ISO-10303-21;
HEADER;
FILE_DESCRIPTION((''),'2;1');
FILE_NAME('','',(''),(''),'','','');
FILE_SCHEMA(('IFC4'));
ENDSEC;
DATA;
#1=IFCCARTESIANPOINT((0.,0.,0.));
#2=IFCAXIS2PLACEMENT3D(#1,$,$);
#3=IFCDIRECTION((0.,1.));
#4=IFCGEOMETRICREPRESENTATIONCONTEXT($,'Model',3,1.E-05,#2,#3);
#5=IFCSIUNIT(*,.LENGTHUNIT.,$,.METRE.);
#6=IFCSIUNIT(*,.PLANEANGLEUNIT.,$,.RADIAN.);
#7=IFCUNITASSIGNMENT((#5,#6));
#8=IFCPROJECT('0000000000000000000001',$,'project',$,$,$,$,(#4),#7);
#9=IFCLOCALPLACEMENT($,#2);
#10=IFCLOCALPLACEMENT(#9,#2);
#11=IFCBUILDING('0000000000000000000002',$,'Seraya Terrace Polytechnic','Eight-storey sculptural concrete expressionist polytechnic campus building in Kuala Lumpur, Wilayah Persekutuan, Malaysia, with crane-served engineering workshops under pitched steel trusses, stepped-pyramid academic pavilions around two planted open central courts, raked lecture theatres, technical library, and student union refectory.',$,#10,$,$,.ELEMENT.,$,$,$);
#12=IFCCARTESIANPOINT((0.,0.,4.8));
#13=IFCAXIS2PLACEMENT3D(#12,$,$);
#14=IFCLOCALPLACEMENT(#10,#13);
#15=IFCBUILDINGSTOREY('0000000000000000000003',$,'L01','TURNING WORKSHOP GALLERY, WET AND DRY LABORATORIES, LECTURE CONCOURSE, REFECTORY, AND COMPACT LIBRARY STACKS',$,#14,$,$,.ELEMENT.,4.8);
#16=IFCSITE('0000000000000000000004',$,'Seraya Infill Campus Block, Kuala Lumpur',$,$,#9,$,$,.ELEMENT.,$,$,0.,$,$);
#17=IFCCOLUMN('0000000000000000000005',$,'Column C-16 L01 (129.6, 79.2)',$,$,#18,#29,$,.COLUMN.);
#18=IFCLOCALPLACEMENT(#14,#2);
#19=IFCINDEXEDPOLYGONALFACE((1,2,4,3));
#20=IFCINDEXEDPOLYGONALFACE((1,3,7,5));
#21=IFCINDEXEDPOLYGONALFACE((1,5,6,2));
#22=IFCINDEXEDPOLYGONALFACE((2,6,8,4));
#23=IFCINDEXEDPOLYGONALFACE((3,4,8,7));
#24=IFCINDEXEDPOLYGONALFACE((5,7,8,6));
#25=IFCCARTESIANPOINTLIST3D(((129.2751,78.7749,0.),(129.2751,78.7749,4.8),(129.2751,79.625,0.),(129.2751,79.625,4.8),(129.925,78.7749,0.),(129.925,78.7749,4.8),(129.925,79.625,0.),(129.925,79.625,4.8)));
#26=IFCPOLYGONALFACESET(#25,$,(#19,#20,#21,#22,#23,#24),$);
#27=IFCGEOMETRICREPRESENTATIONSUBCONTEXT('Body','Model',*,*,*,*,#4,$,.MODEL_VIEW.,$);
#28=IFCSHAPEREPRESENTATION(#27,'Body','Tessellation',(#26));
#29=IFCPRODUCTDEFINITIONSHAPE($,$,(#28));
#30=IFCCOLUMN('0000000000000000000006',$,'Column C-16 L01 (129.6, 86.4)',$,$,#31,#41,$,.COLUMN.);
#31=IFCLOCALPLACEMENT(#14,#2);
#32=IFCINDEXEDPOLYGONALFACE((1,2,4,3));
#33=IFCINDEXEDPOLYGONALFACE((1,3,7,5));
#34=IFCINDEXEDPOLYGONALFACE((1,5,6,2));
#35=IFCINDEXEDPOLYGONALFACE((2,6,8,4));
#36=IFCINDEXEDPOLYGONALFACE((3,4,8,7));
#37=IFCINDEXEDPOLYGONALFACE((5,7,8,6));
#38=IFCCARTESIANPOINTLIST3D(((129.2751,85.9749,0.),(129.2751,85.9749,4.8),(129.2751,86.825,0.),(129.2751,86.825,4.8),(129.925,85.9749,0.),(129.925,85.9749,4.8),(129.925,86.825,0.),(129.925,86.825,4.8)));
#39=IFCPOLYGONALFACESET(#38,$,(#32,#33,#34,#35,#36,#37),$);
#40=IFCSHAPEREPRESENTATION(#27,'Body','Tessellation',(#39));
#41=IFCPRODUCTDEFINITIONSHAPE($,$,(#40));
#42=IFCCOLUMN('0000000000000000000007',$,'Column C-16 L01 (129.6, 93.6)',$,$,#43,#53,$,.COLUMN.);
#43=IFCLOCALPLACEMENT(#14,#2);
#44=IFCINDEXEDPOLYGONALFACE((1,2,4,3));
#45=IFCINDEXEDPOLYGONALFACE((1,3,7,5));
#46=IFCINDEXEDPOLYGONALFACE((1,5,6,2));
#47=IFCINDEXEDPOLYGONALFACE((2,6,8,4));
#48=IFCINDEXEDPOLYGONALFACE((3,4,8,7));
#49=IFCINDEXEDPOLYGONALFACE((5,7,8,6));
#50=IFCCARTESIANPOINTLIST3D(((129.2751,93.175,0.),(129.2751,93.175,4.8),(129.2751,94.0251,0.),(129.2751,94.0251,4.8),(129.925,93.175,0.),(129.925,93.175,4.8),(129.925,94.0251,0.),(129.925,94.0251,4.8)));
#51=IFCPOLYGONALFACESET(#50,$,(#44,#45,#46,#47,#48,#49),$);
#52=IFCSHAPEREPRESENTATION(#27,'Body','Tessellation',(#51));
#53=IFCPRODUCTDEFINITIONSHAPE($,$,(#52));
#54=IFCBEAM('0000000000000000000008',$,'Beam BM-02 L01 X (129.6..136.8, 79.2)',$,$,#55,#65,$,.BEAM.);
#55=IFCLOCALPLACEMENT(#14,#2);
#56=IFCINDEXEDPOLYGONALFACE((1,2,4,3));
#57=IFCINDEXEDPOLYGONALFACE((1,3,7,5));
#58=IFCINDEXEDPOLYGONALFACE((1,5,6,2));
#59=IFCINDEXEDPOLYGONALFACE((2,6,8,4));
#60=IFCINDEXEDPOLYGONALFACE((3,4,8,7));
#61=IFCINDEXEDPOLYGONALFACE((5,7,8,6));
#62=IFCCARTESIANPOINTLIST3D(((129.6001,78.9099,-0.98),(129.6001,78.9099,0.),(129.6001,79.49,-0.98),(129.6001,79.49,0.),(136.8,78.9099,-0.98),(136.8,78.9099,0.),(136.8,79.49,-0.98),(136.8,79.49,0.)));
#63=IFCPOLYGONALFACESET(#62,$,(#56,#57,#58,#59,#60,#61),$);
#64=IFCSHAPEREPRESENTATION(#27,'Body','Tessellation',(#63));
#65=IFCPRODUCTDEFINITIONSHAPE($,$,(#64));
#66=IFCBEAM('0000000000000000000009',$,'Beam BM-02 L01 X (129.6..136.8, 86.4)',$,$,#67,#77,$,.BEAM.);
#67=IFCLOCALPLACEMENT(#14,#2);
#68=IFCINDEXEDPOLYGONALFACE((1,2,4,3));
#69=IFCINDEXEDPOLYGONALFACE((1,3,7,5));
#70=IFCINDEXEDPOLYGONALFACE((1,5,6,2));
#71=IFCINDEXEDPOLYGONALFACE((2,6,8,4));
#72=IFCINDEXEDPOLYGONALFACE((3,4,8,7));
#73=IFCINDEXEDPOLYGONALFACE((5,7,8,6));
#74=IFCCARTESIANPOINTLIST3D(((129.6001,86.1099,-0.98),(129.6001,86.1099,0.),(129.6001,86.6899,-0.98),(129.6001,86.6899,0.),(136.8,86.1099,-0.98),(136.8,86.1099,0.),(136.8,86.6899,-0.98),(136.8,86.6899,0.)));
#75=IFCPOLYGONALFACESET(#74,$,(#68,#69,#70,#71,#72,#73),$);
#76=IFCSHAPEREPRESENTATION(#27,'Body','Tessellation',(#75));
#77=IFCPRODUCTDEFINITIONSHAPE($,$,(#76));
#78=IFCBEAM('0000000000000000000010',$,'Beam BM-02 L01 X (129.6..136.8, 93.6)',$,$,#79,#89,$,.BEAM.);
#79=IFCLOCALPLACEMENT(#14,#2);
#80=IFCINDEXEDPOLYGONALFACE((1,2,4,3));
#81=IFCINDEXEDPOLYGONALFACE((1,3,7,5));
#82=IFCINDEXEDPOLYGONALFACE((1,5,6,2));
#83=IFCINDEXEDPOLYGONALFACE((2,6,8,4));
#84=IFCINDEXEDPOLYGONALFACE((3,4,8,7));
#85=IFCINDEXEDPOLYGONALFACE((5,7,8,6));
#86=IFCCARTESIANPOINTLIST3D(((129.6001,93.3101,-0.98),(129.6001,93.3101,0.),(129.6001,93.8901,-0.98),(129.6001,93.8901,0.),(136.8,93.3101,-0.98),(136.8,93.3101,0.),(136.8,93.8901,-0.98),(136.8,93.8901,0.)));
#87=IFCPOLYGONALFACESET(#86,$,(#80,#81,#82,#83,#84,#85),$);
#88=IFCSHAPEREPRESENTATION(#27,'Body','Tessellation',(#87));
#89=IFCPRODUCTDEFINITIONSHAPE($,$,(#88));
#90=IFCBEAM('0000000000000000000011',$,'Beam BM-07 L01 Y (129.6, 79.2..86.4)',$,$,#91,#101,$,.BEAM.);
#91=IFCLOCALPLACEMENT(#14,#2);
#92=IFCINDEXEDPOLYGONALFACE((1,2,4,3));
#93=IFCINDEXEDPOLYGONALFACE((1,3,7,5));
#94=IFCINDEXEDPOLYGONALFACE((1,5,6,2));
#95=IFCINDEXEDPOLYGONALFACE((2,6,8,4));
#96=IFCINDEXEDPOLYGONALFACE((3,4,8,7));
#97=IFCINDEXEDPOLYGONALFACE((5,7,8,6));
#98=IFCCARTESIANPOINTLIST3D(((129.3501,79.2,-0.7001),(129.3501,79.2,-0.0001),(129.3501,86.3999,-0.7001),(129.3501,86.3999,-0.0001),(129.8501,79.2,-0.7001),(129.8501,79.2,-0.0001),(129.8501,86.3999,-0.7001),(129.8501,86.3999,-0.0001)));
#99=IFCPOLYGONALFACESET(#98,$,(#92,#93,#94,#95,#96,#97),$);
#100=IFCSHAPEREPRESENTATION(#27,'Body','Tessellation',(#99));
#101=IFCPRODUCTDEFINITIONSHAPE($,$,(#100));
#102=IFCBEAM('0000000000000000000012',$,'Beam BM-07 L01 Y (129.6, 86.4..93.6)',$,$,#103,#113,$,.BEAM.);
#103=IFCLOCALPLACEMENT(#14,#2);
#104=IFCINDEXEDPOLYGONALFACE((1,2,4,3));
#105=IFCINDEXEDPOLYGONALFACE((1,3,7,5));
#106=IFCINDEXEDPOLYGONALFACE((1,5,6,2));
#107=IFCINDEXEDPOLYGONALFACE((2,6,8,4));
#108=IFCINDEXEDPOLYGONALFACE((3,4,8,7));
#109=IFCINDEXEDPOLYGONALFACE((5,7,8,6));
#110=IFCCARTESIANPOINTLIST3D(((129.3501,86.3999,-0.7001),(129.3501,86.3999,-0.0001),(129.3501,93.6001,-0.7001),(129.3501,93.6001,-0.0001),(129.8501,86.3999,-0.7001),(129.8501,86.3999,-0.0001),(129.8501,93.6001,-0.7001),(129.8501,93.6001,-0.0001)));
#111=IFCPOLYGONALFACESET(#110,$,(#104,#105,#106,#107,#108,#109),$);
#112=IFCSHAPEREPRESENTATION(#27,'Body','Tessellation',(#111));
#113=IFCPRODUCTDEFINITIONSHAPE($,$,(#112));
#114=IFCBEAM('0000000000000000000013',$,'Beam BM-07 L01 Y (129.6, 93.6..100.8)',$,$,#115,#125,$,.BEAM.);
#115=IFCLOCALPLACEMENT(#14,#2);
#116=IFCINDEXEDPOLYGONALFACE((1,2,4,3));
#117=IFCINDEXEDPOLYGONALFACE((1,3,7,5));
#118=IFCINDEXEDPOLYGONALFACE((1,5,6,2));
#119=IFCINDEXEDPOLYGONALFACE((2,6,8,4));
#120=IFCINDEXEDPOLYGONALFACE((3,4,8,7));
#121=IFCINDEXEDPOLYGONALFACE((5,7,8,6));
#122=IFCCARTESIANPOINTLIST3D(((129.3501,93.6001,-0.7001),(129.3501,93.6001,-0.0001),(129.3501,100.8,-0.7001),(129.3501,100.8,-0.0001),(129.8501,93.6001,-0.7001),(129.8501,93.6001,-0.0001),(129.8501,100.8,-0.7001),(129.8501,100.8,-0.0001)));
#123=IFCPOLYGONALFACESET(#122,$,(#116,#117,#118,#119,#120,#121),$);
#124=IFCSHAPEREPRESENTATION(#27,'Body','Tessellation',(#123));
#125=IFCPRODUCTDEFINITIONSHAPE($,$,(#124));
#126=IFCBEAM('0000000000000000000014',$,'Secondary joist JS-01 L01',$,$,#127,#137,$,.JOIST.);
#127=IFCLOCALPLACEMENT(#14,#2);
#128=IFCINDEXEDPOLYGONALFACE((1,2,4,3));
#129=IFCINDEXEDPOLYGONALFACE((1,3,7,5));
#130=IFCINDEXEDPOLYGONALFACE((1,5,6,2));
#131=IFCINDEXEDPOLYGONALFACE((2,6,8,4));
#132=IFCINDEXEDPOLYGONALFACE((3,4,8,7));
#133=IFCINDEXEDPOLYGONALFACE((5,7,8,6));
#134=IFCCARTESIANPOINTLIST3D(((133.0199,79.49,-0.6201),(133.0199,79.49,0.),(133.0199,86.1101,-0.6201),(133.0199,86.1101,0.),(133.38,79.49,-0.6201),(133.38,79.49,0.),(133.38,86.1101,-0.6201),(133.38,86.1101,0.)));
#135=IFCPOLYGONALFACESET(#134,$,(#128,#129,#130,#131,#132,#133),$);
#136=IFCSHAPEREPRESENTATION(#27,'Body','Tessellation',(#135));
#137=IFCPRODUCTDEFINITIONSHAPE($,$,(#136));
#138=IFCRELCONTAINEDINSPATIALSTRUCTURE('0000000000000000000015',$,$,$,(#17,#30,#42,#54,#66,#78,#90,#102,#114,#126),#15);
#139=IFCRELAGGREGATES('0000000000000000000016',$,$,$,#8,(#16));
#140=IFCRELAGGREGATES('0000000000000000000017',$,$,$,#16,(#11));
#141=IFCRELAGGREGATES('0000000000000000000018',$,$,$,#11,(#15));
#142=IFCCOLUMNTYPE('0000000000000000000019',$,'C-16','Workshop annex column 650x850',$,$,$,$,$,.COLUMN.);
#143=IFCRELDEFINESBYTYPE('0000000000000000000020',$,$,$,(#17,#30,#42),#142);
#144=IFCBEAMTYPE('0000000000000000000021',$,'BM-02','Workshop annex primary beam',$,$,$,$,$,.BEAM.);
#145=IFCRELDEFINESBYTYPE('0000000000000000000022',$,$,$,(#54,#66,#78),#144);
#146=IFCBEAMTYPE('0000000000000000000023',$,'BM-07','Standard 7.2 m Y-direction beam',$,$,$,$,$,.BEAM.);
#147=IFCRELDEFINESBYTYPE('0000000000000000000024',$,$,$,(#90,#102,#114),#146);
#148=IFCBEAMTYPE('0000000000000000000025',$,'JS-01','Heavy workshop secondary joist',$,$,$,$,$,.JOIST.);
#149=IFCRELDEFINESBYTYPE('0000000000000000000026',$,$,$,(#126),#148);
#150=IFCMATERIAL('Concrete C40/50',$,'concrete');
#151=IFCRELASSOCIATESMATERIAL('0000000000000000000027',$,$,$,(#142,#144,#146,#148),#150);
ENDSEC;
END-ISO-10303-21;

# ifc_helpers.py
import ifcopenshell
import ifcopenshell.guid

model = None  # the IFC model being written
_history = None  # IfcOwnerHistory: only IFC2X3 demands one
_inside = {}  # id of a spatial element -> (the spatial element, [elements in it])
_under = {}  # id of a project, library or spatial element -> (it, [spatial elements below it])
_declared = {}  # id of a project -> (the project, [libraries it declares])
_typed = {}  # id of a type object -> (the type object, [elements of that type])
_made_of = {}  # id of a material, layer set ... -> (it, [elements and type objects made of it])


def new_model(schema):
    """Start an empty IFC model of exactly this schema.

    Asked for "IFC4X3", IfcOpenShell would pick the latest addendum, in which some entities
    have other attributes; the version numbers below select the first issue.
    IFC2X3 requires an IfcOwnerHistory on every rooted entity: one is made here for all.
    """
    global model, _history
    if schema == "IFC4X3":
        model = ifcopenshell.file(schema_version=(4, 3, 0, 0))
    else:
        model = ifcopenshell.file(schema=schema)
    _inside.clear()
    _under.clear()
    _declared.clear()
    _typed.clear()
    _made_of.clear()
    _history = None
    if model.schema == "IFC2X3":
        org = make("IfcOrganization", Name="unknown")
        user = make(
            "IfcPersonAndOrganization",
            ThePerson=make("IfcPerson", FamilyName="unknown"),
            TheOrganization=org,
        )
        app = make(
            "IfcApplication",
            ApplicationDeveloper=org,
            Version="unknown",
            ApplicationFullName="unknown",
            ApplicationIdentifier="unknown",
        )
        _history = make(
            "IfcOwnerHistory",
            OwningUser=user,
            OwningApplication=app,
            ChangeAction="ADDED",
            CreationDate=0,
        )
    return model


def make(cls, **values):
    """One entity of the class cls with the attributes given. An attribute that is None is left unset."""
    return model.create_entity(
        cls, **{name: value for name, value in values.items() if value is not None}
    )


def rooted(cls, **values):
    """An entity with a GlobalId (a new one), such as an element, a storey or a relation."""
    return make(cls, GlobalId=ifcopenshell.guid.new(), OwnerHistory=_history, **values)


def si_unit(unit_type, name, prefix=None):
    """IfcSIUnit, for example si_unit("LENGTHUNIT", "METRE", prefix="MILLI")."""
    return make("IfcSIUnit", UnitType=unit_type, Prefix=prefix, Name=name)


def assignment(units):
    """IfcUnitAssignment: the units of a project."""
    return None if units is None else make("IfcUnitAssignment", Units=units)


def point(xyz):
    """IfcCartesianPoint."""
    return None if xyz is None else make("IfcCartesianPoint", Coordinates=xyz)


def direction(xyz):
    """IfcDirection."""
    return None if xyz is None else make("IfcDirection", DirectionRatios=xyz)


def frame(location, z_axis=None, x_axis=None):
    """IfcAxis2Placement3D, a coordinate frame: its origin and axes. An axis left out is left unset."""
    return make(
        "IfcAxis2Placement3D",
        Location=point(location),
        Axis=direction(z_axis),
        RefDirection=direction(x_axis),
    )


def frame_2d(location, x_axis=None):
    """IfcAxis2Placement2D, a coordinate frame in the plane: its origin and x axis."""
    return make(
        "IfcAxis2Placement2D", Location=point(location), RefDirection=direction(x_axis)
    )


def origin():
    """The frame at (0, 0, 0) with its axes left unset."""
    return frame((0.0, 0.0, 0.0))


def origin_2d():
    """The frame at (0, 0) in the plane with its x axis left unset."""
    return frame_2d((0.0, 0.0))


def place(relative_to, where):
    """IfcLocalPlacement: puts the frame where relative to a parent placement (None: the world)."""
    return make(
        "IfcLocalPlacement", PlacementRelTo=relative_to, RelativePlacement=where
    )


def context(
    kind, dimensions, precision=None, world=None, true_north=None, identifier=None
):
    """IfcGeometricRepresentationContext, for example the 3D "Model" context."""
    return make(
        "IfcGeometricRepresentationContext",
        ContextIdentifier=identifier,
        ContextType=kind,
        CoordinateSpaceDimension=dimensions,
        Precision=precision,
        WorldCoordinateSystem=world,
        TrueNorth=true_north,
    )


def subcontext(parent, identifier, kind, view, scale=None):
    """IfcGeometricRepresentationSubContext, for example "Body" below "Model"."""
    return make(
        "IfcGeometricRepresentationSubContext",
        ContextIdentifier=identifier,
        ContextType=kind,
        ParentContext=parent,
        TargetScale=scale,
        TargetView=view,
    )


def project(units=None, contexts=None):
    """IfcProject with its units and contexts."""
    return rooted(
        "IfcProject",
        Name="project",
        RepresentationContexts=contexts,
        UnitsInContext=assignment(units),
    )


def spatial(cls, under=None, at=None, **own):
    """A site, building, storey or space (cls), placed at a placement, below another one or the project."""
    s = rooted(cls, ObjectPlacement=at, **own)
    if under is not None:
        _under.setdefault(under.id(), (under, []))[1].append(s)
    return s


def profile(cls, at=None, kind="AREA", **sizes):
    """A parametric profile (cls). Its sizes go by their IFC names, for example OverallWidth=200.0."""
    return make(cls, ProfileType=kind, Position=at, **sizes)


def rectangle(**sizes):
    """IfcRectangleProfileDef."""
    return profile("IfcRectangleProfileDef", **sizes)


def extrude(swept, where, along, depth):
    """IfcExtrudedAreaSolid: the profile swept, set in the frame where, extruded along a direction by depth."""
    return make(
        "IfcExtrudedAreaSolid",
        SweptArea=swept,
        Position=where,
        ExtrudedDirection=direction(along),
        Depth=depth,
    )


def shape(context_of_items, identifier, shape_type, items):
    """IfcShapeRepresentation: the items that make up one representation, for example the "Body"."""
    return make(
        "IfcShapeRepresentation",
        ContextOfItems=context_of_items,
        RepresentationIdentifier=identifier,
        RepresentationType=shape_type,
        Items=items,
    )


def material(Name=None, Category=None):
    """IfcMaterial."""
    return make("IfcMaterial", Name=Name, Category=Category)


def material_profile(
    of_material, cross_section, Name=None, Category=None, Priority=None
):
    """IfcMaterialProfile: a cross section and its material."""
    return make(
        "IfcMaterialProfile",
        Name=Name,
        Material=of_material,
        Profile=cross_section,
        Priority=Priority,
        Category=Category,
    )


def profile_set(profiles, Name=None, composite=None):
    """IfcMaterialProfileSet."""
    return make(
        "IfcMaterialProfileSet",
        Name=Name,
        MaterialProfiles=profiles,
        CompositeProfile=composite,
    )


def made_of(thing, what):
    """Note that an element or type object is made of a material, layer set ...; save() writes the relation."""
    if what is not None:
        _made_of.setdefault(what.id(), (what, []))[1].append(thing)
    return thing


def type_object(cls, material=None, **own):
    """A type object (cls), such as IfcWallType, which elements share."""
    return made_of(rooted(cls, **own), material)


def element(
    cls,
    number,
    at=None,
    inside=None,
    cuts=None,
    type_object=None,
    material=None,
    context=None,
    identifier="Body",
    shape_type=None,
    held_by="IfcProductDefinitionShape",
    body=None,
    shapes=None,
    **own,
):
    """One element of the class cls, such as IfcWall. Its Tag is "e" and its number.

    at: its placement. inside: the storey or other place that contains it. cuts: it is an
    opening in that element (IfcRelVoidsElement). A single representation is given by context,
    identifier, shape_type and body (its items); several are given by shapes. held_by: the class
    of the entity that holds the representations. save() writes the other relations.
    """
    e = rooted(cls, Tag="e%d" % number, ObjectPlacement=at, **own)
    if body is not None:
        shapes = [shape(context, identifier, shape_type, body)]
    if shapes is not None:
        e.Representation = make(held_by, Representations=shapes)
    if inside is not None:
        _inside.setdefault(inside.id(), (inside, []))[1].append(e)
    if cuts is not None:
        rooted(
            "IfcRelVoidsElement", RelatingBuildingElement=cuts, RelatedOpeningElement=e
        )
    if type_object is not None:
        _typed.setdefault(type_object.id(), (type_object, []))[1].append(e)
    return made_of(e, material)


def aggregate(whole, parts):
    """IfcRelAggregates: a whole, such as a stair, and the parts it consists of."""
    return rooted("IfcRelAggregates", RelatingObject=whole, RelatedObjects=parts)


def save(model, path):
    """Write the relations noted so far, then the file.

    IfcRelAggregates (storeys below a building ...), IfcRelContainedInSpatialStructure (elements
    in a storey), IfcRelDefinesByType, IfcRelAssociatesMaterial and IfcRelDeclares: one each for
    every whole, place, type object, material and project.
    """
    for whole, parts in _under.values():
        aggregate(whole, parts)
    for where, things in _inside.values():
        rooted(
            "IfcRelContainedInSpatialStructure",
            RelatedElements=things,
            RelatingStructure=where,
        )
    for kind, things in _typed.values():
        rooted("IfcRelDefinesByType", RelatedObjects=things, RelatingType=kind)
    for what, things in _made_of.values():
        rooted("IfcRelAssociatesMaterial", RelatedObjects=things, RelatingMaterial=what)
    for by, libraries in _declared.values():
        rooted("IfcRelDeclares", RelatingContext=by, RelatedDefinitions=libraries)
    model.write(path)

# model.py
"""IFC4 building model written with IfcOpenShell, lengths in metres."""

from ifc_helpers import new_model, si_unit, direction, frame, origin, origin_2d, place, context, subcontext, project, spatial, rectangle, extrude, material, material_profile, profile_set, type_object, element, save


model = new_model("IFC4")

# Units and contexts
model_context = context("Model", 3, precision=1e-05, world=origin(), true_north=direction((0.0, 1.0)))
body_context = subcontext(model_context, "Body", "Model", "MODEL_VIEW")
ifc_project = project(units=[si_unit("LENGTHUNIT", "METRE"), si_unit("PLANEANGLEUNIT", "RADIAN")], contexts=[model_context])

# Site, building, storey
site_placement = place(None, origin())
site = spatial("IfcSite", under=ifc_project, at=site_placement, Name="Seraya Infill Campus Block, Kuala Lumpur", CompositionType="ELEMENT", RefElevation=0.0)
building_placement = place(site_placement, origin())
building = spatial("IfcBuilding", under=site, at=building_placement, Name="Seraya Terrace Polytechnic", Description="Eight-storey sculptural concrete expressionist polytechnic campus building in Kuala Lumpur, Wilayah Persekutuan, Malaysia, with crane-served engineering workshops under pitched steel trusses, stepped-pyramid academic pavilions around two planted open central courts, raked lecture theatres, technical library, and student union refectory.", CompositionType="ELEMENT")
storey_placement = place(building_placement, frame((0.0, 0.0, 4.8)))
storey = spatial("IfcBuildingStorey", under=building, at=storey_placement, Name="L01", Description="TURNING WORKSHOP GALLERY, WET AND DRY LABORATORIES, LECTURE CONCOURSE, REFECTORY, AND COMPACT LIBRARY STACKS", CompositionType="ELEMENT", Elevation=4.8)

# Columns
ifc_material_1 = material(Name="Concrete C40/50", Category="concrete")
ifc_material_profile_1 = material_profile(ifc_material_1, rectangle(XDim=0.6499, YDim=0.8501, at=origin_2d()), Name="RC 650x850")
ifc_profile_set_1 = profile_set([ifc_material_profile_1], Name="Concrete C40/50")
column_type = type_object("IfcColumnType", Name="C-16", Description="Workshop annex column 650x850", PredefinedType="COLUMN", material=ifc_profile_set_1)
for number, where, z_axis, x_axis, name in (
    (1, (129.6001, 79.2, 0.0), (0.0, 0.0, 1.0), (1.0, 0.0, 0.0), "Column C-16 L01 (129.6, 79.2)"),
    (2, (129.6001, 86.3999, 0.0), (0.0, 0.0, 1.0), (1.0, 0.0, 0.0), "Column C-16 L01 (129.6, 86.4)"),
    (3, (129.6001, 93.6001, 0.0), (0.0, 0.0, 1.0), (1.0, 0.0, 0.0), "Column C-16 L01 (129.6, 93.6)"),
):
    element("IfcColumn", number, at=place(storey_placement, frame(where, z_axis=z_axis, x_axis=x_axis)), inside=storey, type_object=column_type, Name=name, PredefinedType="COLUMN", context=body_context, shape_type="SweptSolid", body=[
        extrude(rectangle(XDim=0.6499, YDim=0.8501, at=origin_2d()), origin(), (0.0, 0.0, 1.0), 4.8),
    ])

# Beams
ifc_material_profile_2 = material_profile(ifc_material_1, rectangle(XDim=0.5801, YDim=0.98, at=origin_2d()), Name="RC 580x980")
ifc_profile_set_2 = profile_set([ifc_material_profile_2], Name="Concrete C40/50")
beam_type_1 = type_object("IfcBeamType", Name="BM-02", Description="Workshop annex primary beam", PredefinedType="BEAM", material=ifc_profile_set_2)
for number, where, z_axis, x_axis, name in (
    (4, (129.6001, 79.2, -0.49), (1.0, 0.0, 0.0), (0.0, 1.0, 0.0), "Beam BM-02 L01 X (129.6..136.8, 79.2)"),
    (5, (129.6001, 86.3999, -0.49), (1.0, 0.0, 0.0), (0.0, 1.0, 0.0), "Beam BM-02 L01 X (129.6..136.8, 86.4)"),
    (6, (129.6001, 93.6001, -0.49), (1.0, 0.0, 0.0), (0.0, 1.0, 0.0), "Beam BM-02 L01 X (129.6..136.8, 93.6)"),
):
    element("IfcBeam", number, at=place(storey_placement, frame(where, z_axis=z_axis, x_axis=x_axis)), inside=storey, type_object=beam_type_1, Name=name, PredefinedType="BEAM", context=body_context, shape_type="SweptSolid", body=[
        extrude(rectangle(XDim=0.5801, YDim=0.98, at=origin_2d()), origin(), (0.0, 0.0, 1.0), 7.2),
    ])
ifc_material_profile_3 = material_profile(ifc_material_1, rectangle(XDim=0.5, YDim=0.7, at=origin_2d()), Name="RC 500x700")
ifc_profile_set_3 = profile_set([ifc_material_profile_3], Name="Concrete C40/50")
beam_type_2 = type_object("IfcBeamType", Name="BM-07", Description="Standard 7.2 m Y-direction beam", PredefinedType="BEAM", material=ifc_profile_set_3)
beam_1_placement = place(storey_placement, frame((129.6001, 79.2, -0.3501), z_axis=(0.0, 1.0, 0.0), x_axis=(-1.0, 0.0, 0.0)))
element("IfcBeam", 7, at=beam_1_placement, inside=storey, type_object=beam_type_2, Name="Beam BM-07 L01 Y (129.6, 79.2..86.4)", PredefinedType="BEAM", context=body_context, shape_type="SweptSolid", body=[
    extrude(rectangle(XDim=0.5, YDim=0.7, at=origin_2d()), origin(), (0.0, 0.0, 1.0), 7.2),
])
beam_2_placement = place(storey_placement, frame((129.6001, 86.3999, -0.3501), z_axis=(0.0, 1.0, 0.0), x_axis=(-1.0, 0.0, 0.0)))
element("IfcBeam", 8, at=beam_2_placement, inside=storey, type_object=beam_type_2, Name="Beam BM-07 L01 Y (129.6, 86.4..93.6)", PredefinedType="BEAM", context=body_context, shape_type="SweptSolid", body=[
    extrude(rectangle(XDim=0.5, YDim=0.7, at=origin_2d()), origin(), (0.0, 0.0, 1.0), 7.2002),
])
beam_3_placement = place(storey_placement, frame((129.6001, 93.6001, -0.3501), z_axis=(0.0, 1.0, 0.0), x_axis=(-1.0, 0.0, 0.0)))
element("IfcBeam", 9, at=beam_3_placement, inside=storey, type_object=beam_type_2, Name="Beam BM-07 L01 Y (129.6, 93.6..100.8)", PredefinedType="BEAM", context=body_context, shape_type="SweptSolid", body=[
    extrude(rectangle(XDim=0.5, YDim=0.7, at=origin_2d()), origin(), (0.0, 0.0, 1.0), 7.2),
])
ifc_material_profile_4 = material_profile(ifc_material_1, rectangle(XDim=0.3601, YDim=0.6201, at=origin_2d()), Name="RC 360x620")
ifc_profile_set_4 = profile_set([ifc_material_profile_4], Name="Concrete C40/50")
beam_type_3 = type_object("IfcBeamType", Name="JS-01", Description="Heavy workshop secondary joist", PredefinedType="JOIST", material=ifc_profile_set_4)
beam_4_placement = place(storey_placement, frame((133.2, 79.49, -0.3101), z_axis=(0.0, 1.0, 0.0), x_axis=(-1.0, 0.0, 0.0)))
element("IfcBeam", 10, at=beam_4_placement, inside=storey, type_object=beam_type_3, Name="Secondary joist JS-01 L01", PredefinedType="JOIST", context=body_context, shape_type="SweptSolid", body=[
    extrude(rectangle(XDim=0.3601, YDim=0.6201, at=origin_2d()), origin(), (0.0, 0.0, 1.0), 6.6201),
])

save(model, "model.ifc")
